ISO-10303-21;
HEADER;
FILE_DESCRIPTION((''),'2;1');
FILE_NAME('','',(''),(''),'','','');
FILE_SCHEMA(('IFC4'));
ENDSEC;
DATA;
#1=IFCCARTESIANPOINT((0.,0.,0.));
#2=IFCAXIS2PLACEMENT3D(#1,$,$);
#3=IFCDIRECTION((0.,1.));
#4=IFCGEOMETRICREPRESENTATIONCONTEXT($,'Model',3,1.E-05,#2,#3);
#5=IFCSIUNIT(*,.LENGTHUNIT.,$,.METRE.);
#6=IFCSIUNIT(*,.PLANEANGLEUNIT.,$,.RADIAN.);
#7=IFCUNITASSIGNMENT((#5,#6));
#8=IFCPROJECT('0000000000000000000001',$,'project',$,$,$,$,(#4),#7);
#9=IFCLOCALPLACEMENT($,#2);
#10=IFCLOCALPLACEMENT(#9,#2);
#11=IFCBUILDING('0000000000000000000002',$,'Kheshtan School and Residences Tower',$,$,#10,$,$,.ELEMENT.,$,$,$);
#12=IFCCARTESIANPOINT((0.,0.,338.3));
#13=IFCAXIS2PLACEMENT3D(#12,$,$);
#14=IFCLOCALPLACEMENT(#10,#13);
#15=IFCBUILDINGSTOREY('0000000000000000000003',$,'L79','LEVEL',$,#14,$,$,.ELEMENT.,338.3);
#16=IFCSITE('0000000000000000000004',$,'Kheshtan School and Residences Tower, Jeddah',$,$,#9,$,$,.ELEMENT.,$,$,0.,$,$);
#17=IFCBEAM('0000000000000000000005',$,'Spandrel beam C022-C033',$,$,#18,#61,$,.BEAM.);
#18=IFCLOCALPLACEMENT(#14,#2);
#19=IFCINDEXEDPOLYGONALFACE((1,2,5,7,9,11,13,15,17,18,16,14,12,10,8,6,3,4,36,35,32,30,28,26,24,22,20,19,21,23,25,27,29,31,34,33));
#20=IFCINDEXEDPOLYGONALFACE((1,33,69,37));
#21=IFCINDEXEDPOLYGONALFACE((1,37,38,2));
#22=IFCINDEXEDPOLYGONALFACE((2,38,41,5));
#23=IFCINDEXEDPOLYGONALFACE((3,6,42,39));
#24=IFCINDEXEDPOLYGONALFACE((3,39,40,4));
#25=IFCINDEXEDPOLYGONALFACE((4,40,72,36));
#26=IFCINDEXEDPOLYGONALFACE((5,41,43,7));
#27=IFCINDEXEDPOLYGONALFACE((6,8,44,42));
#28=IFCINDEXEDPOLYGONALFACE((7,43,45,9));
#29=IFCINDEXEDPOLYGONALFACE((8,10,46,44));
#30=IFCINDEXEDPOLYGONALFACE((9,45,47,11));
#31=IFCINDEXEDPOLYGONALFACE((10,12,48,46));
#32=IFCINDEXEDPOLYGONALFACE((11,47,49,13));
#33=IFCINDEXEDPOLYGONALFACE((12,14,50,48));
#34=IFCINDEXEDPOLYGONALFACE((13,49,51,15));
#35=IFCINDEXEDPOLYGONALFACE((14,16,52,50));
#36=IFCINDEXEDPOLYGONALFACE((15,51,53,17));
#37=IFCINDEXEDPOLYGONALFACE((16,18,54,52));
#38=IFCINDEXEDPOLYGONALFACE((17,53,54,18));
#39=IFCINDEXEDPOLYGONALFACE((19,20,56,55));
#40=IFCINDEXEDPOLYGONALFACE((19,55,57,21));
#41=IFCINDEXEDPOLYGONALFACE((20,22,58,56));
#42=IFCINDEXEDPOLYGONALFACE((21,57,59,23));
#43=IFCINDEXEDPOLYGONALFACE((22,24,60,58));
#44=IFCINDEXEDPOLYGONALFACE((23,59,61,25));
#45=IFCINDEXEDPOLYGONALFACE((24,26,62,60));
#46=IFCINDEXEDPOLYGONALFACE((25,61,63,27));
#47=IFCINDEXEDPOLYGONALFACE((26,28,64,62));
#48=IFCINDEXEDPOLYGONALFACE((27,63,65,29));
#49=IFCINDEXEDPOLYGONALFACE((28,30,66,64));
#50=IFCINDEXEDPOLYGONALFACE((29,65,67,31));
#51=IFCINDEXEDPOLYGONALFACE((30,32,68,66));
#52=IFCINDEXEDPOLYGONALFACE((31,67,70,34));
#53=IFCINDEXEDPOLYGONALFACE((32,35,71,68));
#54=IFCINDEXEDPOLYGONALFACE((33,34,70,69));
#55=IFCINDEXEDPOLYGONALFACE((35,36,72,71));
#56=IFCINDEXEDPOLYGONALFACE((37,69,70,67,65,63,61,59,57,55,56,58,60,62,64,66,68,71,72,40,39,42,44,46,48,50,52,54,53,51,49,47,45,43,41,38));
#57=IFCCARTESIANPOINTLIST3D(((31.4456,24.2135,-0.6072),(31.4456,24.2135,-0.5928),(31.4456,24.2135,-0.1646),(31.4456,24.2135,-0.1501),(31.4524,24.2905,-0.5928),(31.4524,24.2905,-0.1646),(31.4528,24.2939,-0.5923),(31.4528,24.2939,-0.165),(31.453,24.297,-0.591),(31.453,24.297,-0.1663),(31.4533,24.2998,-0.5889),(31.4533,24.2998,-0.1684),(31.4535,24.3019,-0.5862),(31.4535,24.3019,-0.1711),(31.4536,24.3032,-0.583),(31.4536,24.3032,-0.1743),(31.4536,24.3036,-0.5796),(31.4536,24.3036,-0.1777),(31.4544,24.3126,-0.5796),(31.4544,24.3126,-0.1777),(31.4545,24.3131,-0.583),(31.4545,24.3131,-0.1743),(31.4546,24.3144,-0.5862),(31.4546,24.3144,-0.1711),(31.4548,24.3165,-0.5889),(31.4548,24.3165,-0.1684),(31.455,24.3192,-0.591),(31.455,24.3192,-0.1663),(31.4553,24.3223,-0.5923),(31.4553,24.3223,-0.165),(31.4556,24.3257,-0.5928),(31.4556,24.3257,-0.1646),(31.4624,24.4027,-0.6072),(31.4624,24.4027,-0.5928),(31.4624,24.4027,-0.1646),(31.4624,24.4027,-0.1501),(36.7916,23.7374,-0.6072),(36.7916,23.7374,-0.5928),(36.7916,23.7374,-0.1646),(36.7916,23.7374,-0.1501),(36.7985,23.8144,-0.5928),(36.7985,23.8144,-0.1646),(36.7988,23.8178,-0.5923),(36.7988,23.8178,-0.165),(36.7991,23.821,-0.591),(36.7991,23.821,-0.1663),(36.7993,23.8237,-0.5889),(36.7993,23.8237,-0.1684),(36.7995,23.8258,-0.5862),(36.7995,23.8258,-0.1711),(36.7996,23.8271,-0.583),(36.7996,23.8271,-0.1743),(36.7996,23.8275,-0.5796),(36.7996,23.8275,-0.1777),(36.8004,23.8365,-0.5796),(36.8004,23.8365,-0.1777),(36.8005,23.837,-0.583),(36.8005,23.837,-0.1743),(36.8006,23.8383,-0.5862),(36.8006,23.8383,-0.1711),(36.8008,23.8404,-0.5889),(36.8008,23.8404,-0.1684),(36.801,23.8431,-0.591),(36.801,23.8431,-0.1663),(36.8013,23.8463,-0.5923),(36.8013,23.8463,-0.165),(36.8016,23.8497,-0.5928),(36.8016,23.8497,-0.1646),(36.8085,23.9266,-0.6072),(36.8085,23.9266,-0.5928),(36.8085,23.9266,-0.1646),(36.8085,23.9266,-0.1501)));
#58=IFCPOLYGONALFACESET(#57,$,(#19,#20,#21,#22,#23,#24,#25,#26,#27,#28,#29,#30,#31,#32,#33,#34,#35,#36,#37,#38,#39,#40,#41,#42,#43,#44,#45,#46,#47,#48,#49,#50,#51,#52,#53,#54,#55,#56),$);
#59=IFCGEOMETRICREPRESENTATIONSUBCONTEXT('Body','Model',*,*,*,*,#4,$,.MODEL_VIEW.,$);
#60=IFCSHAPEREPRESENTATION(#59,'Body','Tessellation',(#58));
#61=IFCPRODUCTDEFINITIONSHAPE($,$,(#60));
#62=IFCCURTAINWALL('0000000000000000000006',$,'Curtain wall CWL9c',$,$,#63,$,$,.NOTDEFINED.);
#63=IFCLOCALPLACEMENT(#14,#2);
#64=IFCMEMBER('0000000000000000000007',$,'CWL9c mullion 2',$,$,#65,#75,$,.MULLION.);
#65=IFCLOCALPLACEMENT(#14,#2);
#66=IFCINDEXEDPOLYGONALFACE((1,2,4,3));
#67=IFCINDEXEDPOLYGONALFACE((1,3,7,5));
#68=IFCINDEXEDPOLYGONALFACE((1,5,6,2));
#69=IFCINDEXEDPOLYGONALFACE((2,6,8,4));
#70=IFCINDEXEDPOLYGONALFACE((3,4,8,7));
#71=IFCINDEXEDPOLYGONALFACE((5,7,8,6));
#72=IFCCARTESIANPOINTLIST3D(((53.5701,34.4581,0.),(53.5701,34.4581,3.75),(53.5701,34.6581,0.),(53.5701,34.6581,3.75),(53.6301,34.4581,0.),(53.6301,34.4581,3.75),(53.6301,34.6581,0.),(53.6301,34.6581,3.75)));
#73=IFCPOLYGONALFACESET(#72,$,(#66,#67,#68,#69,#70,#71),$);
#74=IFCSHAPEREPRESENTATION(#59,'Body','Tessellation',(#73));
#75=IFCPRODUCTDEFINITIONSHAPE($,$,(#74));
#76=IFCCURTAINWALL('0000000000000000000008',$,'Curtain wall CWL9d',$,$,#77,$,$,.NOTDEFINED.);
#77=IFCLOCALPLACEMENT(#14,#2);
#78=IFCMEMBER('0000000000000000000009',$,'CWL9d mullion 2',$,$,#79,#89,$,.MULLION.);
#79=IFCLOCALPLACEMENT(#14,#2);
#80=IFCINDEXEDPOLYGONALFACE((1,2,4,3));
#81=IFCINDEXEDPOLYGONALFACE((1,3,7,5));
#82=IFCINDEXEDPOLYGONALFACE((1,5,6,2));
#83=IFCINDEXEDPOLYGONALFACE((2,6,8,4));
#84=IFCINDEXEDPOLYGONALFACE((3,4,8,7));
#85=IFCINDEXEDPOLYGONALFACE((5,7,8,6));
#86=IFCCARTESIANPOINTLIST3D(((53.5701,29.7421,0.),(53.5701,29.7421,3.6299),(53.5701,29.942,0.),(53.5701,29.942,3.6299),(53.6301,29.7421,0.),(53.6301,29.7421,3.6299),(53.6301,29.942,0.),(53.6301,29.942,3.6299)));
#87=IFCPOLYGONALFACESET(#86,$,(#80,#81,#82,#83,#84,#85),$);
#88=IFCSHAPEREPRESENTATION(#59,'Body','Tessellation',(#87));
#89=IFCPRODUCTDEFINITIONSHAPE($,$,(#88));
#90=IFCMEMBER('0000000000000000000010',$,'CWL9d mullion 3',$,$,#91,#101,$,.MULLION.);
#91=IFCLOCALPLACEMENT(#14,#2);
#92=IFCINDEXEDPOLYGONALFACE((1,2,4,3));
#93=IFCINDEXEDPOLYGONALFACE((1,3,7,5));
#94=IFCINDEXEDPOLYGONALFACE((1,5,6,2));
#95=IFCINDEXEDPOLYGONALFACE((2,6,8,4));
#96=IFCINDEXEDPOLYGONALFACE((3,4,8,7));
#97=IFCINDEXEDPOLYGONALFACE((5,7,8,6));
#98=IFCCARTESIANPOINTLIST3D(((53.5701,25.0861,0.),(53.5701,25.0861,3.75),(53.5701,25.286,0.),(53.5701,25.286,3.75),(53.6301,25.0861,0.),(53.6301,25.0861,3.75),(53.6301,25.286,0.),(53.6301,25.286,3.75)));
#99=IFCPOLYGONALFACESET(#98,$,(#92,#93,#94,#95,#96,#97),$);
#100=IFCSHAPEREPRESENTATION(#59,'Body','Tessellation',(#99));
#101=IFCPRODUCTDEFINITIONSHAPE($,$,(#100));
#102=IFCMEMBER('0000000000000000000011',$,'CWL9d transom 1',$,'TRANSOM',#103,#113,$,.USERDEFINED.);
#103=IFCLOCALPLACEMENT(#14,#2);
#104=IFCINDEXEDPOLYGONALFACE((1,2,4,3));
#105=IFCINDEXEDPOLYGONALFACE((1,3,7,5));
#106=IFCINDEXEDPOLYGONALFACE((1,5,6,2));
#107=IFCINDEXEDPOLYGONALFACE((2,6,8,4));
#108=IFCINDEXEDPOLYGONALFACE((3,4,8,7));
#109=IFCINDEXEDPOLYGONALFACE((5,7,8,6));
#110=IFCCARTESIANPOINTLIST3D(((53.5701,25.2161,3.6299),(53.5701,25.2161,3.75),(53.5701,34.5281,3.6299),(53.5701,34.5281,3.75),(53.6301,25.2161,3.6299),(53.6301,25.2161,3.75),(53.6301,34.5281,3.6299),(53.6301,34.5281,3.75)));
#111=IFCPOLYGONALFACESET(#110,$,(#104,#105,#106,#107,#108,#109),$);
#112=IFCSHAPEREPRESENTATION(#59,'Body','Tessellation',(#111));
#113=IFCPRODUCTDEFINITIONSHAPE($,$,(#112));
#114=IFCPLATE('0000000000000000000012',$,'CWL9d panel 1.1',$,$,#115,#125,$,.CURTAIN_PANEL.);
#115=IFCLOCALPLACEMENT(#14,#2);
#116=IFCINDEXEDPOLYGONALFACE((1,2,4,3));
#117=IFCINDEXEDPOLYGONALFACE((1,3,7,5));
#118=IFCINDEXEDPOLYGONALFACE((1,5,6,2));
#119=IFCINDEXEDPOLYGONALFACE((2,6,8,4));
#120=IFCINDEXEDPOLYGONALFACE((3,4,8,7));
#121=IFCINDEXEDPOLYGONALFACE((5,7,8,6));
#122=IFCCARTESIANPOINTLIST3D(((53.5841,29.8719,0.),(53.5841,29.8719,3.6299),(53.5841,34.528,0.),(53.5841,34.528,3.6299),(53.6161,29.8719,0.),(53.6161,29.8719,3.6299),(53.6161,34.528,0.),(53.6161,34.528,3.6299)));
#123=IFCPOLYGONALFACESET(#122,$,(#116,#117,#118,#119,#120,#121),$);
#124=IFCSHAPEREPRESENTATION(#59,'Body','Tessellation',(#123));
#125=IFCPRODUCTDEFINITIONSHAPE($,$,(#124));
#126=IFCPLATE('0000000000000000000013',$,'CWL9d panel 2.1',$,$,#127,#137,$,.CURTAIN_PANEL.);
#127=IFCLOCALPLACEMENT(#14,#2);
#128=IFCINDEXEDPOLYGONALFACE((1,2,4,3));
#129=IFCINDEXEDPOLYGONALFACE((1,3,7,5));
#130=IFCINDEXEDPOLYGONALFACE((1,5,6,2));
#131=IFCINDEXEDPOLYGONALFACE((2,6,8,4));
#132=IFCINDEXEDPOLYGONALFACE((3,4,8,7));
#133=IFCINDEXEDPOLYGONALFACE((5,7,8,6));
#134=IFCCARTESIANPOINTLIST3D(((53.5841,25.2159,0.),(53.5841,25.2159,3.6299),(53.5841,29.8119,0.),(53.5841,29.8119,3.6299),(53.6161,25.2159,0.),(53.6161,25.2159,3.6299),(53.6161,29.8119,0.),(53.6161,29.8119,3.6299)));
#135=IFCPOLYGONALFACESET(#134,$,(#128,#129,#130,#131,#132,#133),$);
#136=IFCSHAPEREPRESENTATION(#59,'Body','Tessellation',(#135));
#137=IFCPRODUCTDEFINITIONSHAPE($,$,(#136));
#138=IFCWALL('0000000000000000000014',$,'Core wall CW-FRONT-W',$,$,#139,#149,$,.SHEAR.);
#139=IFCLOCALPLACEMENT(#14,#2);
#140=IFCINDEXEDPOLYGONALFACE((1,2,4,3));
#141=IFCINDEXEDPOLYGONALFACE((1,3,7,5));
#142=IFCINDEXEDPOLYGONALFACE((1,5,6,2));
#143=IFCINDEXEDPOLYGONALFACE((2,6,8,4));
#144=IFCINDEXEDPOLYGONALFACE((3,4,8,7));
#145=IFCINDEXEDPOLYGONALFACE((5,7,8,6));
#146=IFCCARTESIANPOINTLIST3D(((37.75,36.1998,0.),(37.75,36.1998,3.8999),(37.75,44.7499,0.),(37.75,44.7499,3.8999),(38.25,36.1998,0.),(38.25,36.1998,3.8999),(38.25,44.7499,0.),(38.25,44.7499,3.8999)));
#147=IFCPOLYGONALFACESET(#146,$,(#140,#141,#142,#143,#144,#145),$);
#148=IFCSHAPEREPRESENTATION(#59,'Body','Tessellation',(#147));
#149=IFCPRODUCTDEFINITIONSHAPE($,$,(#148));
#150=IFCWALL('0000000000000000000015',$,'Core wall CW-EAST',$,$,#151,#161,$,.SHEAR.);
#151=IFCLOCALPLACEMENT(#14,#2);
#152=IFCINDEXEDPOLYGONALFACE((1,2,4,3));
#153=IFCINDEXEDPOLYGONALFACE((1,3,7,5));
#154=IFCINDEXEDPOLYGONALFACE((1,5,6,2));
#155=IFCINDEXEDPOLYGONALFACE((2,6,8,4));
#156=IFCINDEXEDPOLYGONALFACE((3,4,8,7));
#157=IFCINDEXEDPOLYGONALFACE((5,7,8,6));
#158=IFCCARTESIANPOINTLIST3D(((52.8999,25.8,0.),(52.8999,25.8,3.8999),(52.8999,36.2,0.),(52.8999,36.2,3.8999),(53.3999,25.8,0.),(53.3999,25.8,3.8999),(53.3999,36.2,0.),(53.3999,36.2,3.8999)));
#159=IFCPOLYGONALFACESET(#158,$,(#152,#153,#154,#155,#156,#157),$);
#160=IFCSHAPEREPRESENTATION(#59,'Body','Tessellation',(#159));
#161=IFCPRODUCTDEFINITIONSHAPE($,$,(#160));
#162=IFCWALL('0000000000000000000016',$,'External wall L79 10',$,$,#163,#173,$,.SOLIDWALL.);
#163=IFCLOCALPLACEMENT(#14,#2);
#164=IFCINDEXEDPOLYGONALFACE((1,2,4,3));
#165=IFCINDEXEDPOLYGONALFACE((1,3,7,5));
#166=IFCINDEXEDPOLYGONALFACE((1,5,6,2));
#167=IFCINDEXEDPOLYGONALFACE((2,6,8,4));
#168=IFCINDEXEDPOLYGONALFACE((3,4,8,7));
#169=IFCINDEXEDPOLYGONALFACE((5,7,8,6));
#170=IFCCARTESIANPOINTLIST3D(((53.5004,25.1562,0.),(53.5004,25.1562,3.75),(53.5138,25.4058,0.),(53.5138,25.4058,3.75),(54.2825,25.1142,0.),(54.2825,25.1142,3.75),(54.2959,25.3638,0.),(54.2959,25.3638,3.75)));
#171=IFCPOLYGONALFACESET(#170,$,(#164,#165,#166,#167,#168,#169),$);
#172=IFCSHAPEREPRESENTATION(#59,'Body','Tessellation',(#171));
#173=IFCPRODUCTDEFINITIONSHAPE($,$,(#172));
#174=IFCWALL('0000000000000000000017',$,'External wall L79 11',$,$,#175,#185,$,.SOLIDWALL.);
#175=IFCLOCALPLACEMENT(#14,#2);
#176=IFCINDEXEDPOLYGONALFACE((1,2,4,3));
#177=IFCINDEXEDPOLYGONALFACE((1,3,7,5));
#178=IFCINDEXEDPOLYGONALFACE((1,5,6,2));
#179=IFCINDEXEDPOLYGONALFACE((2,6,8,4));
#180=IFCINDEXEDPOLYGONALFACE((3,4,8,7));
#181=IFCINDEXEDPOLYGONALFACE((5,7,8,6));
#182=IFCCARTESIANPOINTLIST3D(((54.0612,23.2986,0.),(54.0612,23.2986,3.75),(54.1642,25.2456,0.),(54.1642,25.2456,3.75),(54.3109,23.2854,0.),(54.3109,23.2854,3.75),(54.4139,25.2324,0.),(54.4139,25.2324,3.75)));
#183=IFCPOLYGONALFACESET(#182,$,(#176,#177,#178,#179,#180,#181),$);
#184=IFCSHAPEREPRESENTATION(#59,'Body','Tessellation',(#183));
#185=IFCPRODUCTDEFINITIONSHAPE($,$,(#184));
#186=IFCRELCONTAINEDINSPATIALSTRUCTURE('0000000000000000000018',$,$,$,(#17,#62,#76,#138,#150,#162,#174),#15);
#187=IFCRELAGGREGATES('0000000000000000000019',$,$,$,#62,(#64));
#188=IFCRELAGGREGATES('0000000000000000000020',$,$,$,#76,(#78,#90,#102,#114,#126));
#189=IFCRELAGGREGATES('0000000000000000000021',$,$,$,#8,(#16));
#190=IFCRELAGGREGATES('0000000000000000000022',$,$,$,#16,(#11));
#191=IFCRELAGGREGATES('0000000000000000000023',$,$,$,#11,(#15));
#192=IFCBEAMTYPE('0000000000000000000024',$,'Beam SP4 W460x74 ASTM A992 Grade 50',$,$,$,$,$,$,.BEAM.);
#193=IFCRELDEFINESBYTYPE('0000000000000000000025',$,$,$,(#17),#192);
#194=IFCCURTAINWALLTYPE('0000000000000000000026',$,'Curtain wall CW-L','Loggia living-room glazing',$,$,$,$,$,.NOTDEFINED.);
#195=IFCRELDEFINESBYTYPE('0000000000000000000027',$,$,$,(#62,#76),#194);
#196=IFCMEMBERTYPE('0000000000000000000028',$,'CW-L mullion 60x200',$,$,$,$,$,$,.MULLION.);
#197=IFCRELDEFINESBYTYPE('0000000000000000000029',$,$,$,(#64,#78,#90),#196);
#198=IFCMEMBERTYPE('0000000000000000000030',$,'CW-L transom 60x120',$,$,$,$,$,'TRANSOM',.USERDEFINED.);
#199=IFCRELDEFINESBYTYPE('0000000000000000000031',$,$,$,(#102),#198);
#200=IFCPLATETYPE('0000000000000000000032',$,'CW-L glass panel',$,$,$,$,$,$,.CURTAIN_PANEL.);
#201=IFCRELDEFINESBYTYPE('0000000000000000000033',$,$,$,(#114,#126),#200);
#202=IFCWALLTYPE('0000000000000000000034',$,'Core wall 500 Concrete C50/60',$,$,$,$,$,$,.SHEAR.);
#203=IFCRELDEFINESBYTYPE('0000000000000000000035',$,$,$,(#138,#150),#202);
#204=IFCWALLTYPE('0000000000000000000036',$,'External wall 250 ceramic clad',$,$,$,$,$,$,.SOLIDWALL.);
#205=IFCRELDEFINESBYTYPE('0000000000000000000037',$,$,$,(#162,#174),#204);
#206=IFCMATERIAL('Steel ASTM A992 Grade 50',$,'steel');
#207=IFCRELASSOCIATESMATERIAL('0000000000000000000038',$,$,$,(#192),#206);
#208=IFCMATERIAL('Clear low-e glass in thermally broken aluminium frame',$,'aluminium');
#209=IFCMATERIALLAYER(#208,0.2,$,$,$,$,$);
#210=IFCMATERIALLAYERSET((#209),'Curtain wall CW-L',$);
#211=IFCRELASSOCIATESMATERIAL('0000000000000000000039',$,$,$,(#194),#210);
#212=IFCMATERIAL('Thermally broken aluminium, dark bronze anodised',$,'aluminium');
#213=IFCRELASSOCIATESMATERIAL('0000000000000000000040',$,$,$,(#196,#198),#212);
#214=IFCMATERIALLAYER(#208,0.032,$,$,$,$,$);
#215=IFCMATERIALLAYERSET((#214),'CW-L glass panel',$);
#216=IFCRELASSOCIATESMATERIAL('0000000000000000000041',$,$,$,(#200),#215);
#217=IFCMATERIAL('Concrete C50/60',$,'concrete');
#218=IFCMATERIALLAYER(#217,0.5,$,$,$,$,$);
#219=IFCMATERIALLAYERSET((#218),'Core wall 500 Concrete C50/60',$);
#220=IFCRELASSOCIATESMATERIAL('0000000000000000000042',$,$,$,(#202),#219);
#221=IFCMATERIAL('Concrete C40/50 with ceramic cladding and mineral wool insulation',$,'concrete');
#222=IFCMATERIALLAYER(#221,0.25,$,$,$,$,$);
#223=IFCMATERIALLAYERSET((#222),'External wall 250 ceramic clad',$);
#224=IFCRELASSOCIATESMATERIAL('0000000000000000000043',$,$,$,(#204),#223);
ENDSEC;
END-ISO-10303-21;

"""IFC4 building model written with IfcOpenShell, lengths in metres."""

from ifc_helpers import new_model, si_unit, direction, frame, frame_2d, origin, origin_2d, place, context, subcontext, project, spatial, rectangle, i_section, extrude, material, layer, layer_set, material_profile, profile_set, type_object, element, aggregate, save


model = new_model("IFC4")

# Units and contexts
model_context = context("Model", 3, precision=1e-05, world=origin(), true_north=direction((0.0, 1.0)))
body_context = subcontext(model_context, "Body", "Model", "MODEL_VIEW")
ifc_project = project(units=[si_unit("LENGTHUNIT", "METRE"), si_unit("PLANEANGLEUNIT", "RADIAN")], contexts=[model_context])

# Site, building, storey
site_placement = place(None, origin())
site = spatial("IfcSite", under=ifc_project, at=site_placement, Name="Kheshtan School and Residences Tower, Jeddah", CompositionType="ELEMENT", RefElevation=0.0)
building_placement = place(site_placement, origin())
building = spatial("IfcBuilding", under=site, at=building_placement, Name="Kheshtan School and Residences Tower", CompositionType="ELEMENT")
storey_placement = place(building_placement, frame((0.0, 0.0, 338.3)))
storey = spatial("IfcBuildingStorey", under=building, at=storey_placement, Name="L79", Description="LEVEL", CompositionType="ELEMENT", Elevation=338.3)

# Shared definitions
ifc_material_1 = material(Name="Steel ASTM A992 Grade 50", Category="steel")

# Beam
ifc_material_profile_1 = material_profile(ifc_material_1, i_section(OverallWidth=0.1899, OverallDepth=0.457, WebThickness=0.009, FlangeThickness=0.0144, FilletRadius=0.0132, at=origin_2d()), Name="W460x74")
ifc_profile_set_1 = profile_set([ifc_material_profile_1], Name="Steel ASTM A992 Grade 50")
beam_type_1 = type_object("IfcBeamType", Name="Beam SP4 W460x74 ASTM A992 Grade 50", PredefinedType="BEAM", material=ifc_profile_set_1)
beam_1_placement = place(storey_placement, frame((36.8, 23.832, -0.3787), z_axis=(-0.996058, 0.088702, 0.0), x_axis=(-0.088702, -0.996058, 0.0)))
element("IfcBeam", 1, at=beam_1_placement, inside=storey, type_object=beam_type_1, Name="Spandrel beam C022-C033", PredefinedType="BEAM", context=body_context, shape_type="SweptSolid", body=[
    extrude(i_section(OverallWidth=0.1899, OverallDepth=0.457, WebThickness=0.009, FlangeThickness=0.0144, FilletRadius=0.0132, at=origin_2d()), origin(), (0.0, 0.0, 1.0), 5.3672),
])

# Curtain wall, member
ifc_material_2 = material(Name="Clear low-e glass in thermally broken aluminium frame", Category="aluminium")
ifc_layer_1 = layer(ifc_material_2, 0.2)
ifc_layer_set_1 = layer_set([ifc_layer_1], Name="Curtain wall CW-L")
curtain_wall_type = type_object("IfcCurtainWallType", Name="Curtain wall CW-L", Description="Loggia living-room glazing", PredefinedType="NOTDEFINED", material=ifc_layer_set_1)
curtain_wall_1_placement = place(storey_placement, origin())
curtain_wall_1 = element("IfcCurtainWall", 2, at=curtain_wall_1_placement, inside=storey, type_object=curtain_wall_type, Name="Curtain wall CWL9c", PredefinedType="NOTDEFINED")
ifc_material_3 = material(Name="Thermally broken aluminium, dark bronze anodised", Category="aluminium")
ifc_material_profile_2 = material_profile(ifc_material_3, rectangle(XDim=0.0601, YDim=0.2, at=origin_2d()), Name="CW-L mullion 60x200")
ifc_profile_set_2 = profile_set([ifc_material_profile_2], Name="Thermally broken aluminium, dark bronze anodised")
member_type_1 = type_object("IfcMemberType", Name="CW-L mullion 60x200", PredefinedType="MULLION", material=ifc_profile_set_2)
member_1_placement = place(storey_placement, frame((53.6001, 34.5581, 0.0), z_axis=(0.0, 0.0, 1.0), x_axis=(1.0, 0.0, 0.0)))
member_1 = element("IfcMember", 3, at=member_1_placement, type_object=member_type_1, Name="CWL9c mullion 2", PredefinedType="MULLION", context=body_context, shape_type="SweptSolid", body=[
    extrude(rectangle(XDim=0.0601, YDim=0.2, at=origin_2d()), origin(), (0.0, 0.0, 1.0), 3.75),
])
aggregate(curtain_wall_1, [member_1])

# Curtain wall, members, plates
curtain_wall_2_placement = place(storey_placement, origin())
curtain_wall_2 = element("IfcCurtainWall", 4, at=curtain_wall_2_placement, inside=storey, type_object=curtain_wall_type, Name="Curtain wall CWL9d", PredefinedType="NOTDEFINED")
member_2_placement = place(storey_placement, frame((53.6001, 29.842, 0.0), z_axis=(0.0, 0.0, 1.0), x_axis=(1.0, 0.0, 0.0)))
member_2 = element("IfcMember", 5, at=member_2_placement, type_object=member_type_1, Name="CWL9d mullion 2", PredefinedType="MULLION", context=body_context, shape_type="SweptSolid", body=[
    extrude(rectangle(XDim=0.0601, YDim=0.2, at=origin_2d()), origin(), (0.0, 0.0, 1.0), 3.6299),
])
member_3_placement = place(storey_placement, frame((53.6001, 25.186, 0.0), z_axis=(0.0, 0.0, 1.0), x_axis=(1.0, 0.0, 0.0)))
member_3 = element("IfcMember", 6, at=member_3_placement, type_object=member_type_1, Name="CWL9d mullion 3", PredefinedType="MULLION", context=body_context, shape_type="SweptSolid", body=[
    extrude(rectangle(XDim=0.0601, YDim=0.2, at=origin_2d()), origin(), (0.0, 0.0, 1.0), 3.75),
])
ifc_material_profile_3 = material_profile(ifc_material_3, rectangle(XDim=0.0601, YDim=0.1201, at=origin_2d()), Name="CW-L transom 60x120")
ifc_profile_set_3 = profile_set([ifc_material_profile_3], Name="Thermally broken aluminium, dark bronze anodised")
member_type_2 = type_object("IfcMemberType", Name="CW-L transom 60x120", ElementType="TRANSOM", PredefinedType="USERDEFINED", material=ifc_profile_set_3)
member_4_placement = place(storey_placement, frame((53.6001, 34.5281, 3.6899), z_axis=(0.0, -1.0, 0.0), x_axis=(1.0, 0.0, 0.0)))
member_4 = element("IfcMember", 7, at=member_4_placement, type_object=member_type_2, Name="CWL9d transom 1", ObjectType="TRANSOM", PredefinedType="USERDEFINED", context=body_context, shape_type="SweptSolid", body=[
    extrude(rectangle(XDim=0.0601, YDim=0.1201, at=origin_2d()), origin(), (0.0, 0.0, 1.0), 9.312),
])
ifc_layer_2 = layer(ifc_material_2, 0.032)
ifc_layer_set_2 = layer_set([ifc_layer_2], Name="CW-L glass panel")
plate_type = type_object("IfcPlateType", Name="CW-L glass panel", PredefinedType="CURTAIN_PANEL", material=ifc_layer_set_2)
plate_1_placement = place(storey_placement, frame((53.6001, 32.2, 0.0), z_axis=(0.0, 0.0, 1.0), x_axis=(0.0, -1.0, 0.0)))
plate_1 = element("IfcPlate", 8, at=plate_1_placement, type_object=plate_type, Name="CWL9d panel 1.1", PredefinedType="CURTAIN_PANEL", context=body_context, shape_type="SweptSolid", body=[
    extrude(rectangle(XDim=4.656, YDim=0.032, at=origin_2d()), origin(), (0.0, 0.0, 1.0), 3.6299),
])
plate_2_placement = place(storey_placement, frame((53.6001, 27.5139, 0.0), z_axis=(0.0, 0.0, 1.0), x_axis=(0.0, -1.0, 0.0)))
plate_2 = element("IfcPlate", 9, at=plate_2_placement, type_object=plate_type, Name="CWL9d panel 2.1", PredefinedType="CURTAIN_PANEL", context=body_context, shape_type="SweptSolid", body=[
    extrude(rectangle(XDim=4.5959, YDim=0.032, at=origin_2d()), origin(), (0.0, 0.0, 1.0), 3.6299),
])
aggregate(curtain_wall_2, [member_2, member_3, member_4, plate_1, plate_2])

# Walls
ifc_material_4 = material(Name="Concrete C50/60", Category="concrete")
ifc_layer_3 = layer(ifc_material_4, 0.5)
ifc_layer_set_3 = layer_set([ifc_layer_3], Name="Core wall 500 Concrete C50/60")
wall_type_1 = type_object("IfcWallType", Name="Core wall 500 Concrete C50/60", PredefinedType="SHEAR", material=ifc_layer_set_3)
wall_1_placement = place(storey_placement, frame((38.0, 36.2, 0.0), z_axis=(0.0, 0.0, 1.0), x_axis=(0.0, 1.0, 0.0)))
element("IfcWall", 10, at=wall_1_placement, inside=storey, type_object=wall_type_1, Name="Core wall CW-FRONT-W", PredefinedType="SHEAR", context=body_context, shape_type="SweptSolid", body=[
    extrude(rectangle(XDim=8.55, YDim=0.5, at=frame_2d((4.2749, 0.0))), origin(), (0.0, 0.0, 1.0), 3.8999),
])
wall_2_placement = place(storey_placement, frame((53.1499, 25.8, 0.0), z_axis=(0.0, 0.0, 1.0), x_axis=(0.0, 1.0, 0.0)))
element("IfcWall", 11, at=wall_2_placement, inside=storey, type_object=wall_type_1, Name="Core wall CW-EAST", PredefinedType="SHEAR", context=body_context, shape_type="SweptSolid", body=[
    extrude(rectangle(XDim=10.3999, YDim=0.5, at=frame_2d((5.2, 0.0))), origin(), (0.0, 0.0, 1.0), 3.8999),
])
ifc_material_5 = material(Name="Concrete C40/50 with ceramic cladding and mineral wool insulation", Category="concrete")
ifc_layer_4 = layer(ifc_material_5, 0.25)
ifc_layer_set_4 = layer_set([ifc_layer_4], Name="External wall 250 ceramic clad")
wall_type_2 = type_object("IfcWallType", Name="External wall 250 ceramic clad", PredefinedType="SOLIDWALL", material=ifc_layer_set_4)
wall_3_placement = place(storey_placement, frame((53.5071, 25.281, 0.0), z_axis=(0.0, 0.0, 1.0), x_axis=(0.998561, -0.053622, 0.0)))
element("IfcWall", 12, at=wall_3_placement, inside=storey, type_object=wall_type_2, Name="External wall L79 10", PredefinedType="SOLIDWALL", context=body_context, shape_type="SweptSolid", body=[
    extrude(rectangle(XDim=0.7832, YDim=0.25, at=frame_2d((0.3916, 0.0))), origin(), (0.0, 0.0, 1.0), 3.75),
])
wall_4_placement = place(storey_placement, frame((54.2891, 25.239, 0.0), z_axis=(0.0, 0.0, 1.0), x_axis=(-0.052841, -0.998603, 0.0)))
element("IfcWall", 13, at=wall_4_placement, inside=storey, type_object=wall_type_2, Name="External wall L79 11", PredefinedType="SOLIDWALL", context=body_context, shape_type="SweptSolid", body=[
    extrude(rectangle(XDim=1.9497, YDim=0.25, at=frame_2d((0.9749, 0.0))), origin(), (0.0, 0.0, 1.0), 3.75),
])

save(model, "model.ifc")
